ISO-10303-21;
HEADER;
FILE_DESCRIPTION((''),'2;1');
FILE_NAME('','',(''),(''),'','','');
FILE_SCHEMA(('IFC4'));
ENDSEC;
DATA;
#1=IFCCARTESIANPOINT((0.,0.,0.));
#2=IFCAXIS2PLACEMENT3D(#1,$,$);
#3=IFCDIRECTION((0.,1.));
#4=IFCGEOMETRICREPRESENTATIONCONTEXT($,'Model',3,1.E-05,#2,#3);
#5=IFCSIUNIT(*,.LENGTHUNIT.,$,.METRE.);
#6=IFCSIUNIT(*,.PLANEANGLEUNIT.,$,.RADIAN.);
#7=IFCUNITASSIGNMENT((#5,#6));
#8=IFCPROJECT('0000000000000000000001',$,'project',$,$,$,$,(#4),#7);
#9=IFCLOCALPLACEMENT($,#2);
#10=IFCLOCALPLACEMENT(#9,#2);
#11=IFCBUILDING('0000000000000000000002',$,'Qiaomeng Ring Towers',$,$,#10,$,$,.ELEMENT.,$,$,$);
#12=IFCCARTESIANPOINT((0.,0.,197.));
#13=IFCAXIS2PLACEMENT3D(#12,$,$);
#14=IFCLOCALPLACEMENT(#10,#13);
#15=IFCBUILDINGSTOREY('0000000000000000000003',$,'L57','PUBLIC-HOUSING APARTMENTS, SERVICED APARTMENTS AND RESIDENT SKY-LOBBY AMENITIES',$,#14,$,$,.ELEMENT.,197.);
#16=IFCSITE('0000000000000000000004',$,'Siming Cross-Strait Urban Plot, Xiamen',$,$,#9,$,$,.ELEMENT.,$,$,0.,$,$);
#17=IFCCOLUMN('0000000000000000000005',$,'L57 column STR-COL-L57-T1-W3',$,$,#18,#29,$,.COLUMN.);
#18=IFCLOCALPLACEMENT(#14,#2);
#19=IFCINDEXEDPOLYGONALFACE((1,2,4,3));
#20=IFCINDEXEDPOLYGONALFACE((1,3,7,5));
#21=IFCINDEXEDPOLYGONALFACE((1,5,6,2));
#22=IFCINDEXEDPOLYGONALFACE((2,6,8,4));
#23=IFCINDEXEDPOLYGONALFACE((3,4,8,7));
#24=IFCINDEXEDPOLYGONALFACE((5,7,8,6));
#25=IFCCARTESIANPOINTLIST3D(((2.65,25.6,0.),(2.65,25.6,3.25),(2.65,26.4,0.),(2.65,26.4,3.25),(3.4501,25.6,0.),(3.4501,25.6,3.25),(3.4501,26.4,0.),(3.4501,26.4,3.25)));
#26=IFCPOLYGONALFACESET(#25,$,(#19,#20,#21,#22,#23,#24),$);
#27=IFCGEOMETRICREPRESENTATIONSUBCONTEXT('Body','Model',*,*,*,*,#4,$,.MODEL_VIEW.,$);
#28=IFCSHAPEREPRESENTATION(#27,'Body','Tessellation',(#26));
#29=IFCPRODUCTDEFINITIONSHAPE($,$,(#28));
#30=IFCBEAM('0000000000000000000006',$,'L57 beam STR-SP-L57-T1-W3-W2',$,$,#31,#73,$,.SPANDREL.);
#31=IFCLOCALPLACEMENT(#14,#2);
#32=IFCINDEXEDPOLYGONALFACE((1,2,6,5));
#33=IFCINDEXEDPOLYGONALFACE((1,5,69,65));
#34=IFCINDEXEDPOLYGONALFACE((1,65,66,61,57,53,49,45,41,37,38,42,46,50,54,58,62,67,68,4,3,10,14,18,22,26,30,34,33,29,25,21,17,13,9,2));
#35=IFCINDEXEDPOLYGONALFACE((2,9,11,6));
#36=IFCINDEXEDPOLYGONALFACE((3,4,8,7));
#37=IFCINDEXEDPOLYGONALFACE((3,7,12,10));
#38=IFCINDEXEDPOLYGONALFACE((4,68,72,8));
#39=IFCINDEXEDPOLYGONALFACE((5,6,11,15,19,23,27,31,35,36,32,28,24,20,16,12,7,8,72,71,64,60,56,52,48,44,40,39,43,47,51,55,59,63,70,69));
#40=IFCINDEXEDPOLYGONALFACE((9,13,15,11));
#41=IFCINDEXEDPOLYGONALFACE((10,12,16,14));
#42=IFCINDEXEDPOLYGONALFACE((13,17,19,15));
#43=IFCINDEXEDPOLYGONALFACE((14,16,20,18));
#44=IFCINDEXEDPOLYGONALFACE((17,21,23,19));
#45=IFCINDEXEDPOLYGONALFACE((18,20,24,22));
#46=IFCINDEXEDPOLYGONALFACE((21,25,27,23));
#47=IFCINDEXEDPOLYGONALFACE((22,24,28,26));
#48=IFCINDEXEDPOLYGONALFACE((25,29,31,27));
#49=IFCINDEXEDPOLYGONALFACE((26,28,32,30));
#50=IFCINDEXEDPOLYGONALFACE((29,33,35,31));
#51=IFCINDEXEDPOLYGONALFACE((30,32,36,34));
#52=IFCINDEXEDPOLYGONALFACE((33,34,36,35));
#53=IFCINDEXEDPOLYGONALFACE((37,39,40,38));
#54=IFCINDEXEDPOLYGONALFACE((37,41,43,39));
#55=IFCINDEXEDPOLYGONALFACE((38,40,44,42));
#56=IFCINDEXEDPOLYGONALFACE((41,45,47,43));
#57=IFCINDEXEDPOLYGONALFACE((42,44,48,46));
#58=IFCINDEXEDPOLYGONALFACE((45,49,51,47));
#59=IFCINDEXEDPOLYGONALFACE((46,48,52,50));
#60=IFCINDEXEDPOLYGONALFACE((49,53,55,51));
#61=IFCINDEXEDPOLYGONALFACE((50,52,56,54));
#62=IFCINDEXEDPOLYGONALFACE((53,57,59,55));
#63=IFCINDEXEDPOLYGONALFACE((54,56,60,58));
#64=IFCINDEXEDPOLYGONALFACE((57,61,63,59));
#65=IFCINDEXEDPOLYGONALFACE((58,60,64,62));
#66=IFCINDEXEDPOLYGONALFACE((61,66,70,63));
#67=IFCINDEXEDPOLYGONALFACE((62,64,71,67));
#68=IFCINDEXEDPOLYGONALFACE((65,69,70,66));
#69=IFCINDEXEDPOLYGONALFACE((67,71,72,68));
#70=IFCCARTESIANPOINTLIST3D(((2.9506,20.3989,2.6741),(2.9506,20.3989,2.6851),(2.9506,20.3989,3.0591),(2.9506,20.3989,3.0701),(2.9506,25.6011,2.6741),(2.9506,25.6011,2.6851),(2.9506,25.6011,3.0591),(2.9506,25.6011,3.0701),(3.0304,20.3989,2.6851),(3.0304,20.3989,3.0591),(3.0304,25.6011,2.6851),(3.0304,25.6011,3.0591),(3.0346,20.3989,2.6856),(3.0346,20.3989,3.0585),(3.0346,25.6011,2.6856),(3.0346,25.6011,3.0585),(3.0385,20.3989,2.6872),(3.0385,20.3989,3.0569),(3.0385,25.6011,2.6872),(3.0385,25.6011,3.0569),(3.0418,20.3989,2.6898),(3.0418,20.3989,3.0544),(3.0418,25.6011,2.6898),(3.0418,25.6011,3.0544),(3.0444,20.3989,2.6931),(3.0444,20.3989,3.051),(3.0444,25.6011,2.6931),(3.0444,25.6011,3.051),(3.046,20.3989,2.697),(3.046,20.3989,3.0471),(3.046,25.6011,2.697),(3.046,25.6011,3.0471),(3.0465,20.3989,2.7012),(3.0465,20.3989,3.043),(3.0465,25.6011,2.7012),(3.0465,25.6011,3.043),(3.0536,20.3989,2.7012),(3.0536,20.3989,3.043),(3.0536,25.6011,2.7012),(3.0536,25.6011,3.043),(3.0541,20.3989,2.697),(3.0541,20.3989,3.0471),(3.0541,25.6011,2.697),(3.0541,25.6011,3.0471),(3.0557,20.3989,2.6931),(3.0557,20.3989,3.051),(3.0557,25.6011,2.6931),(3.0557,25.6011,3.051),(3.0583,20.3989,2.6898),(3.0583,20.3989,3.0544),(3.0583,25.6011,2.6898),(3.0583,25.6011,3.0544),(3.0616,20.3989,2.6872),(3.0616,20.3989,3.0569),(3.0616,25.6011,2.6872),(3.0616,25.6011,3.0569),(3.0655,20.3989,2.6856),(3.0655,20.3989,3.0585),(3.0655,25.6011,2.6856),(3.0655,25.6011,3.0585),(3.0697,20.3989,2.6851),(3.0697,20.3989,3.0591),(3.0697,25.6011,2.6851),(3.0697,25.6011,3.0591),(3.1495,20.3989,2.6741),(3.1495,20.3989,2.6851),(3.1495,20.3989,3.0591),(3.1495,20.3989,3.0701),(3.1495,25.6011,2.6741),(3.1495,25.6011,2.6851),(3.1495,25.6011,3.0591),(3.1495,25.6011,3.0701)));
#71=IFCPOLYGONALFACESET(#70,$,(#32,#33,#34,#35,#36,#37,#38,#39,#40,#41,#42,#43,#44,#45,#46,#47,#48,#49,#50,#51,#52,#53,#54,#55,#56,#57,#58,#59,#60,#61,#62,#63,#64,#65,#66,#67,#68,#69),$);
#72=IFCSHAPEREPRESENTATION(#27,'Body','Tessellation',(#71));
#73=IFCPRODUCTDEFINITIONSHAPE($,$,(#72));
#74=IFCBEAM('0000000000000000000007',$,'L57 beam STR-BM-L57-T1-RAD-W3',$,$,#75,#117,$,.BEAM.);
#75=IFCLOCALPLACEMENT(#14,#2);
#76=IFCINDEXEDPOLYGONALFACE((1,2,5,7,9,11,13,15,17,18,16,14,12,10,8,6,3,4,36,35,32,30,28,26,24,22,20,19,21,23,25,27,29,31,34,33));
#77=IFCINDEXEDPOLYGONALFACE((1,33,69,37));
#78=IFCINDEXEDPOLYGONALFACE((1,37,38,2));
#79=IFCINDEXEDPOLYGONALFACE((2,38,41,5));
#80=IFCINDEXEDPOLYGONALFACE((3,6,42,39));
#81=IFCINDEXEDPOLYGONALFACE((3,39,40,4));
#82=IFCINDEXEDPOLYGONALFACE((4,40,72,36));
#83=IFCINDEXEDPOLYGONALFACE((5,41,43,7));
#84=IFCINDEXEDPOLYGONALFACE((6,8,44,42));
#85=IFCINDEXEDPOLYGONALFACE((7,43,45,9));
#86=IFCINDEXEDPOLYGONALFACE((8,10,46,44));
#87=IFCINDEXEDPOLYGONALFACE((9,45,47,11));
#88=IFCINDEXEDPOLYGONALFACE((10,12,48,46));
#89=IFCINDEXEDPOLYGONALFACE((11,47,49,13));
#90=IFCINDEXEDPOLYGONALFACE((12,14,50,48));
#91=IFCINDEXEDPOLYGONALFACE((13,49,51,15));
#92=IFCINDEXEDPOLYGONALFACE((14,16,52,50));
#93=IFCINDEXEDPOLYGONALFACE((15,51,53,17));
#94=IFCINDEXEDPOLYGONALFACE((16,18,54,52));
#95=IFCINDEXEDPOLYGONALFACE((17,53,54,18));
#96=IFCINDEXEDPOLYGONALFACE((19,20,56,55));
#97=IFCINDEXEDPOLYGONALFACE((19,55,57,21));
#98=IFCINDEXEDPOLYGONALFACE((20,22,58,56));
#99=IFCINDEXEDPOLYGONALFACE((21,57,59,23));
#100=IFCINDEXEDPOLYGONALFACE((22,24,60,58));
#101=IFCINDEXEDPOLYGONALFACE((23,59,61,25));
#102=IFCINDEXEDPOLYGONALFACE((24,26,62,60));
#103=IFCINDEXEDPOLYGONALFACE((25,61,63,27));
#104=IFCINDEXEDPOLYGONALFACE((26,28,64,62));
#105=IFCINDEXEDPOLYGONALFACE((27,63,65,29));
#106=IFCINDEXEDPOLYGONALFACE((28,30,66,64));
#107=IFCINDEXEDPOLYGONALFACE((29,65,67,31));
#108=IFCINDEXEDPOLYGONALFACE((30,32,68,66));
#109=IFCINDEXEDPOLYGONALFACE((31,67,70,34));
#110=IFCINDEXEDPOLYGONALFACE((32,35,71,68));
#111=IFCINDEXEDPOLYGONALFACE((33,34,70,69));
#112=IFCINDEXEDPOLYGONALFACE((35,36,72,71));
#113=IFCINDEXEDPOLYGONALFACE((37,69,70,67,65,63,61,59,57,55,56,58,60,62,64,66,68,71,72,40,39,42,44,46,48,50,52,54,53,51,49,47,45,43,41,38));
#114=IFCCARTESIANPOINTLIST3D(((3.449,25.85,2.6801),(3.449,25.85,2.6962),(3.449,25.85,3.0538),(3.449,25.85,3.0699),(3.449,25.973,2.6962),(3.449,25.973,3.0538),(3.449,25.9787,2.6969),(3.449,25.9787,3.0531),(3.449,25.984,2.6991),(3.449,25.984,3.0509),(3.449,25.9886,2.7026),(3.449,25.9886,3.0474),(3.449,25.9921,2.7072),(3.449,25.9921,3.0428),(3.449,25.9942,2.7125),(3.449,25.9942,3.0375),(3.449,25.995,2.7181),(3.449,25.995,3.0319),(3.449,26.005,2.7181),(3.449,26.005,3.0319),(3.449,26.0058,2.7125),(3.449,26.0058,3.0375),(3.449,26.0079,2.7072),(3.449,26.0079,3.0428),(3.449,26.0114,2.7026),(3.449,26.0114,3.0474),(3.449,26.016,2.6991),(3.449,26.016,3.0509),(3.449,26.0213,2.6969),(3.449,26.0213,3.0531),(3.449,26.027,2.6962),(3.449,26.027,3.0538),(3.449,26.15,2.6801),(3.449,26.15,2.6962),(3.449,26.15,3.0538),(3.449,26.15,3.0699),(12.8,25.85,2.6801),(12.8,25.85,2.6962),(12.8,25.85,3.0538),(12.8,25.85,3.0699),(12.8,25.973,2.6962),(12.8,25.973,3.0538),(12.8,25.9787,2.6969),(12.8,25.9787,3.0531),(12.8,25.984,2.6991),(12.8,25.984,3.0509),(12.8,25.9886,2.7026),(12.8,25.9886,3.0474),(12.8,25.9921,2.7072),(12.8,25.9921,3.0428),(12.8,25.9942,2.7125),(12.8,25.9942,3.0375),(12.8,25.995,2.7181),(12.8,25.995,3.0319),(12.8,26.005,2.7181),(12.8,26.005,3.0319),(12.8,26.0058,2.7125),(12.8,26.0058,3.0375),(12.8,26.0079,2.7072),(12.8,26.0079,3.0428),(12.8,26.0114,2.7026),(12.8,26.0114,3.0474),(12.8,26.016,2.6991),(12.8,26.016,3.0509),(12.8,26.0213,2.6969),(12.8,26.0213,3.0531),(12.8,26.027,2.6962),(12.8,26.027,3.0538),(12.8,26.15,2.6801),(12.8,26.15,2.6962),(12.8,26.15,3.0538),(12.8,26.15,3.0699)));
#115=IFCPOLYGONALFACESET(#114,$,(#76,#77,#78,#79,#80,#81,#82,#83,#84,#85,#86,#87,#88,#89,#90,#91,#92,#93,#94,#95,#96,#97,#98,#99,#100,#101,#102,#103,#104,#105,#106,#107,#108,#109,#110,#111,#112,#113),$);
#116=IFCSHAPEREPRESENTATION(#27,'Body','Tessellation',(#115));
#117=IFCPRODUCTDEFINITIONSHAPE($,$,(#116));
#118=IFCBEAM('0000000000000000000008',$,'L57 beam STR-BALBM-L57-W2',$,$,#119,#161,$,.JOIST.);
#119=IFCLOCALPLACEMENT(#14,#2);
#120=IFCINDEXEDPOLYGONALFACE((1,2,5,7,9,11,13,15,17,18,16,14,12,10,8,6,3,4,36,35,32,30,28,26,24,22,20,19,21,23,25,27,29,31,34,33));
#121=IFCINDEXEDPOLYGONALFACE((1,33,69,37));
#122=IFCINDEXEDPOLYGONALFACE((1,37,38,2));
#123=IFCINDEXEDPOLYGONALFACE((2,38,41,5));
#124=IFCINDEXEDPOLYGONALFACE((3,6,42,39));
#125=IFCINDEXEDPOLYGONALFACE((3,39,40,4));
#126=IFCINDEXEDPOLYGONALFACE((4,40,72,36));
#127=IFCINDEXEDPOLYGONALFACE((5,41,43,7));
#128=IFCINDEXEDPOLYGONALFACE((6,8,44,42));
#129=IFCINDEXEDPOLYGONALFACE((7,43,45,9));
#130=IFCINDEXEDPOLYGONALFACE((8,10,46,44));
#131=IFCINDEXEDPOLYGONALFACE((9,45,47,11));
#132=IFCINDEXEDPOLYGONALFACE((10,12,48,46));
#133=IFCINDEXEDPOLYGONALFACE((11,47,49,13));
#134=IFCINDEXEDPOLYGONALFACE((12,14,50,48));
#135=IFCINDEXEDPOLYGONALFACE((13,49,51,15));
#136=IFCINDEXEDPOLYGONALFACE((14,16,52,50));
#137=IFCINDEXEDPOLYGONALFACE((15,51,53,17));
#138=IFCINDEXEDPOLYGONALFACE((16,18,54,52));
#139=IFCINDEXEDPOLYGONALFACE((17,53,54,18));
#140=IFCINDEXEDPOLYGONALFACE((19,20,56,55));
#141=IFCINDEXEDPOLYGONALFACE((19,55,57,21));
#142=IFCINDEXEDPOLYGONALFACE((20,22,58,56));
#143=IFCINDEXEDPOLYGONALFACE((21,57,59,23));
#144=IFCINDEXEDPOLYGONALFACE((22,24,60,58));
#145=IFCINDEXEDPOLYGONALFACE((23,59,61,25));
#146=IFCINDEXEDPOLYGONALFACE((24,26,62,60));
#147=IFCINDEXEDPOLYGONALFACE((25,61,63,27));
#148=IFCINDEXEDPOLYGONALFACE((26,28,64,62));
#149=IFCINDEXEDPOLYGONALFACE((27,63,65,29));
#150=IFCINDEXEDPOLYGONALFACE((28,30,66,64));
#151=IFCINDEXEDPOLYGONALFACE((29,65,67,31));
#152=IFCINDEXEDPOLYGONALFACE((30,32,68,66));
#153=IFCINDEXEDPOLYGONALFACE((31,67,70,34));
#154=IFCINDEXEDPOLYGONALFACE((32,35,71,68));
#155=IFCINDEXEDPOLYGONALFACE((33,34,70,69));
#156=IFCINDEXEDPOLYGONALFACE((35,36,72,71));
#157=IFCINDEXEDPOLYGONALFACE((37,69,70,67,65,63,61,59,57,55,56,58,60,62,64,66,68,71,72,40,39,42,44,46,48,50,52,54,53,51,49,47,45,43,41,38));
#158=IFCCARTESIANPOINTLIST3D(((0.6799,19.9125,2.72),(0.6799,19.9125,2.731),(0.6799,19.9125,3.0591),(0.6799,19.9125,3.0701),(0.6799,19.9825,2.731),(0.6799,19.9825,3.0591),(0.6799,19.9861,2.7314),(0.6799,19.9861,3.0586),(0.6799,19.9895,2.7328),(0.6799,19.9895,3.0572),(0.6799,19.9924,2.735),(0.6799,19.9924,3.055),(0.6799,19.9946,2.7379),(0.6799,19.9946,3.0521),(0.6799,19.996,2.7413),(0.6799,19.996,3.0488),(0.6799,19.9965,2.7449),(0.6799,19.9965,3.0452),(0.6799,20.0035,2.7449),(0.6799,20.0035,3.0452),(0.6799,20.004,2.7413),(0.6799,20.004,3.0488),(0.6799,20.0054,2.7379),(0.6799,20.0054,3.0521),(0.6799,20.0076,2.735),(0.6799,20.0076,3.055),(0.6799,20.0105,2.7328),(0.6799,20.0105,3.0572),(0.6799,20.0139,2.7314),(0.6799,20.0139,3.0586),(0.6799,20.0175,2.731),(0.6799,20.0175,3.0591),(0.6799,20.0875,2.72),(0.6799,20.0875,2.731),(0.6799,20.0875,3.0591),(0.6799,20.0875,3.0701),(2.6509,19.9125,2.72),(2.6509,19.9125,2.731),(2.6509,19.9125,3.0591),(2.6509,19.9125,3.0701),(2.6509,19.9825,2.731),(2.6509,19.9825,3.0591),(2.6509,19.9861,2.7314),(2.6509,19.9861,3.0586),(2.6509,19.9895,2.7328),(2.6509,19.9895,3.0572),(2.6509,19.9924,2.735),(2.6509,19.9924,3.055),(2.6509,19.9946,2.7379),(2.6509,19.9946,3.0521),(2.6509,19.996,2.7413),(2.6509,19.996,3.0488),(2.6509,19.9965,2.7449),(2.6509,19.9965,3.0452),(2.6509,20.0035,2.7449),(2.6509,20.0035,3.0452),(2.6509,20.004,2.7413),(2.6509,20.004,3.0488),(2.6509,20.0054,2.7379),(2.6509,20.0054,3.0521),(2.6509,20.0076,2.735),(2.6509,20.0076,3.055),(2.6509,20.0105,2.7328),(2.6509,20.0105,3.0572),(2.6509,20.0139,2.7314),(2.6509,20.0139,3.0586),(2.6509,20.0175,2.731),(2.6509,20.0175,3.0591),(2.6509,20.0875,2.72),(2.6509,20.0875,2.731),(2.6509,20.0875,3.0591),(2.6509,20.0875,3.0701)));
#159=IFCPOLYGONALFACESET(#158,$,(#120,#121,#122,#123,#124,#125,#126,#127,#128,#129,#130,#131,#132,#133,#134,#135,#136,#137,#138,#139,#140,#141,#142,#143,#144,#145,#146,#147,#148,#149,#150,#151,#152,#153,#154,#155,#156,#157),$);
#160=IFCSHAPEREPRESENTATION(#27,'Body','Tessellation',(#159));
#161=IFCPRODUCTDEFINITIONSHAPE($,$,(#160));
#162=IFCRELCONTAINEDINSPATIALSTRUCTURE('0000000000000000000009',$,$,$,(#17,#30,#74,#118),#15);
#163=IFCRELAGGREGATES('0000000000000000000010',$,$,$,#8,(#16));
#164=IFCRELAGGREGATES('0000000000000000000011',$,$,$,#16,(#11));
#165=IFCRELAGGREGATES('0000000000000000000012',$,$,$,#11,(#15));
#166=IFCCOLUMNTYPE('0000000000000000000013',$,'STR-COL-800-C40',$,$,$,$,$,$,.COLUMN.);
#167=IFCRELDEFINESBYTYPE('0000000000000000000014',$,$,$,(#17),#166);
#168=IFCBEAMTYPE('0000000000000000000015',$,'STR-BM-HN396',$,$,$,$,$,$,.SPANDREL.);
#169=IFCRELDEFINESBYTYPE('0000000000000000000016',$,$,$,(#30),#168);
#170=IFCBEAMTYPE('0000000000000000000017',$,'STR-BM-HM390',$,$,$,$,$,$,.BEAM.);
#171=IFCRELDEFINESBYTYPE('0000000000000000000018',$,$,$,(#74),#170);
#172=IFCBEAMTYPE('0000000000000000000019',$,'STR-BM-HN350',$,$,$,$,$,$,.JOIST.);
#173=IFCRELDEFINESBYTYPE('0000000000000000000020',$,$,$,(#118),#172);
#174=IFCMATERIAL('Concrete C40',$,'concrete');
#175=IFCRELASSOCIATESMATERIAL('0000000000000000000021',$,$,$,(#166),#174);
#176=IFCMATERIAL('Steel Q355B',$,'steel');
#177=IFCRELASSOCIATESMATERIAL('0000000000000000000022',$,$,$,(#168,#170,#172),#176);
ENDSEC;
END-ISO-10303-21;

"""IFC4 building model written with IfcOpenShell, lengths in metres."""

from ifc_helpers import new_model, si_unit, direction, frame, origin, origin_2d, place, context, subcontext, project, spatial, rectangle, i_section, extrude, source, transform, mapped, material, material_profile, profile_set, type_object, element, save


model = new_model("IFC4")

# Units and contexts
model_context = context("Model", 3, precision=1e-05, world=origin(), true_north=direction((0.0, 1.0)))
body_context = subcontext(model_context, "Body", "Model", "MODEL_VIEW")
ifc_project = project(units=[si_unit("LENGTHUNIT", "METRE"), si_unit("PLANEANGLEUNIT", "RADIAN")], contexts=[model_context])

# Site, building, storey
site_placement = place(None, origin())
site = spatial("IfcSite", under=ifc_project, at=site_placement, Name="Siming Cross-Strait Urban Plot, Xiamen", CompositionType="ELEMENT", RefElevation=0.0)
building_placement = place(site_placement, origin())
building = spatial("IfcBuilding", under=site, at=building_placement, Name="Qiaomeng Ring Towers", CompositionType="ELEMENT")
storey_placement = place(building_placement, frame((0.0, 0.0, 197.0)))
storey = spatial("IfcBuildingStorey", under=building, at=storey_placement, Name="L57", Description="PUBLIC-HOUSING APARTMENTS, SERVICED APARTMENTS AND RESIDENT SKY-LOBBY AMENITIES", CompositionType="ELEMENT", Elevation=197.0)

# Column
ifc_material_1 = material(Name="Concrete C40", Category="concrete")
ifc_material_profile_1 = material_profile(ifc_material_1, rectangle(XDim=0.8, YDim=0.8, at=origin_2d()), Name="RC COL 800x800")
ifc_profile_set_1 = profile_set([ifc_material_profile_1], Name="Concrete C40")
column_type = type_object("IfcColumnType", Name="STR-COL-800-C40", PredefinedType="COLUMN", material=ifc_profile_set_1)
shared_shape_1 = source(origin(), body_context, "Body", "SweptSolid", [
    extrude(rectangle(XDim=0.8, YDim=0.8, at=origin_2d()), origin(), (0.0, 0.0, 1.0), 3.25),
])
column_placement = place(storey_placement, frame((3.05, 26.0, 0.0), z_axis=(0.0, 0.0, 1.0), x_axis=(1.0, 0.0, 0.0)))
element("IfcColumn", 1, at=column_placement, inside=storey, type_object=column_type, Name="L57 column STR-COL-L57-T1-W3", PredefinedType="COLUMN", context=body_context, shape_type="MappedRepresentation", body=[
    mapped(shared_shape_1, transform((0.0, 0.0, 0.0), x_axis=(1.0, 0.0, 0.0), y_axis=(0.0, 1.0, 0.0), z_axis=(0.0, 0.0, 1.0), scale=1.0)),
])

# Beams
ifc_material_2 = material(Name="Steel Q355B", Category="steel")
ifc_material_profile_2 = material_profile(ifc_material_2, i_section(OverallWidth=0.199, OverallDepth=0.396, WebThickness=0.0071, FlangeThickness=0.011, FilletRadius=0.0161, at=origin_2d()), Name="HN 396x199x7x11")
ifc_profile_set_2 = profile_set([ifc_material_profile_2], Name="Steel Q355B")
beam_type_1 = type_object("IfcBeamType", Name="STR-BM-HN396", PredefinedType="SPANDREL", material=ifc_profile_set_2)
shared_shape_2 = source(origin(), body_context, "Body", "SweptSolid", [
    extrude(i_section(OverallWidth=0.199, OverallDepth=0.396, WebThickness=0.0071, FlangeThickness=0.011, FilletRadius=0.0161, at=origin_2d()), origin(), (0.0, 0.0, 1.0), 5.2021),
])
beam_1_placement = place(storey_placement, frame((3.05, 25.6011, 2.8721), z_axis=(0.0, -1.0, 0.0), x_axis=(1.0, 0.0, 0.0)))
element("IfcBeam", 2, at=beam_1_placement, inside=storey, type_object=beam_type_1, Name="L57 beam STR-SP-L57-T1-W3-W2", PredefinedType="SPANDREL", context=body_context, shape_type="MappedRepresentation", body=[
    mapped(shared_shape_2, transform((0.0, 0.0, 0.0), x_axis=(1.0, 0.0, 0.0), y_axis=(0.0, 1.0, 0.0), z_axis=(0.0, 0.0, 1.0), scale=1.0)),
])
ifc_material_profile_3 = material_profile(ifc_material_2, i_section(OverallWidth=0.3, OverallDepth=0.3899, WebThickness=0.01, FlangeThickness=0.0161, FilletRadius=0.022, at=origin_2d()), Name="HM 390x300x10x16")
ifc_profile_set_3 = profile_set([ifc_material_profile_3], Name="Steel Q355B")
beam_type_2 = type_object("IfcBeamType", Name="STR-BM-HM390", PredefinedType="BEAM", material=ifc_profile_set_3)
shared_shape_3 = source(origin(), body_context, "Body", "SweptSolid", [
    extrude(i_section(OverallWidth=0.3, OverallDepth=0.3899, WebThickness=0.01, FlangeThickness=0.0161, FilletRadius=0.022, at=origin_2d()), origin(), (0.0, 0.0, 1.0), 9.3511),
])
beam_2_placement = place(storey_placement, frame((3.449, 26.0, 2.875), z_axis=(1.0, 0.0, 0.0), x_axis=(0.0, 1.0, 0.0)))
element("IfcBeam", 3, at=beam_2_placement, inside=storey, type_object=beam_type_2, Name="L57 beam STR-BM-L57-T1-RAD-W3", PredefinedType="BEAM", context=body_context, shape_type="MappedRepresentation", body=[
    mapped(shared_shape_3, transform((0.0, 0.0, 0.0), x_axis=(1.0, 0.0, 0.0), y_axis=(0.0, 1.0, 0.0), z_axis=(0.0, 0.0, 1.0), scale=1.0)),
])
ifc_material_profile_4 = material_profile(ifc_material_2, i_section(OverallWidth=0.175, OverallDepth=0.3501, WebThickness=0.0071, FlangeThickness=0.011, FilletRadius=0.0139, at=origin_2d()), Name="HN 350x175x7x11")
ifc_profile_set_4 = profile_set([ifc_material_profile_4], Name="Steel Q355B")
beam_type_3 = type_object("IfcBeamType", Name="STR-BM-HN350", PredefinedType="JOIST", material=ifc_profile_set_4)
shared_shape_4 = source(origin(), body_context, "Body", "SweptSolid", [
    extrude(i_section(OverallWidth=0.175, OverallDepth=0.3501, WebThickness=0.0071, FlangeThickness=0.011, FilletRadius=0.0139, at=origin_2d()), origin(), (0.0, 0.0, 1.0), 1.9709),
])
for number, where, z_axis, x_axis, name in (
    (4, (0.6799, 20.0, 2.895), (1.0, 0.0, 0.0), (0.0, 1.0, 0.0), "L57 beam STR-BALBM-L57-W2"),
):
    element("IfcBeam", number, at=place(storey_placement, frame(where, z_axis=z_axis, x_axis=x_axis)), inside=storey, type_object=beam_type_3, Name=name, PredefinedType="JOIST", context=body_context, shape_type="MappedRepresentation", body=[
        mapped(shared_shape_4, transform((0.0, 0.0, 0.0), x_axis=(1.0, 0.0, 0.0), y_axis=(0.0, 1.0, 0.0), z_axis=(0.0, 0.0, 1.0), scale=1.0)),
    ])

save(model, "model.ifc")
